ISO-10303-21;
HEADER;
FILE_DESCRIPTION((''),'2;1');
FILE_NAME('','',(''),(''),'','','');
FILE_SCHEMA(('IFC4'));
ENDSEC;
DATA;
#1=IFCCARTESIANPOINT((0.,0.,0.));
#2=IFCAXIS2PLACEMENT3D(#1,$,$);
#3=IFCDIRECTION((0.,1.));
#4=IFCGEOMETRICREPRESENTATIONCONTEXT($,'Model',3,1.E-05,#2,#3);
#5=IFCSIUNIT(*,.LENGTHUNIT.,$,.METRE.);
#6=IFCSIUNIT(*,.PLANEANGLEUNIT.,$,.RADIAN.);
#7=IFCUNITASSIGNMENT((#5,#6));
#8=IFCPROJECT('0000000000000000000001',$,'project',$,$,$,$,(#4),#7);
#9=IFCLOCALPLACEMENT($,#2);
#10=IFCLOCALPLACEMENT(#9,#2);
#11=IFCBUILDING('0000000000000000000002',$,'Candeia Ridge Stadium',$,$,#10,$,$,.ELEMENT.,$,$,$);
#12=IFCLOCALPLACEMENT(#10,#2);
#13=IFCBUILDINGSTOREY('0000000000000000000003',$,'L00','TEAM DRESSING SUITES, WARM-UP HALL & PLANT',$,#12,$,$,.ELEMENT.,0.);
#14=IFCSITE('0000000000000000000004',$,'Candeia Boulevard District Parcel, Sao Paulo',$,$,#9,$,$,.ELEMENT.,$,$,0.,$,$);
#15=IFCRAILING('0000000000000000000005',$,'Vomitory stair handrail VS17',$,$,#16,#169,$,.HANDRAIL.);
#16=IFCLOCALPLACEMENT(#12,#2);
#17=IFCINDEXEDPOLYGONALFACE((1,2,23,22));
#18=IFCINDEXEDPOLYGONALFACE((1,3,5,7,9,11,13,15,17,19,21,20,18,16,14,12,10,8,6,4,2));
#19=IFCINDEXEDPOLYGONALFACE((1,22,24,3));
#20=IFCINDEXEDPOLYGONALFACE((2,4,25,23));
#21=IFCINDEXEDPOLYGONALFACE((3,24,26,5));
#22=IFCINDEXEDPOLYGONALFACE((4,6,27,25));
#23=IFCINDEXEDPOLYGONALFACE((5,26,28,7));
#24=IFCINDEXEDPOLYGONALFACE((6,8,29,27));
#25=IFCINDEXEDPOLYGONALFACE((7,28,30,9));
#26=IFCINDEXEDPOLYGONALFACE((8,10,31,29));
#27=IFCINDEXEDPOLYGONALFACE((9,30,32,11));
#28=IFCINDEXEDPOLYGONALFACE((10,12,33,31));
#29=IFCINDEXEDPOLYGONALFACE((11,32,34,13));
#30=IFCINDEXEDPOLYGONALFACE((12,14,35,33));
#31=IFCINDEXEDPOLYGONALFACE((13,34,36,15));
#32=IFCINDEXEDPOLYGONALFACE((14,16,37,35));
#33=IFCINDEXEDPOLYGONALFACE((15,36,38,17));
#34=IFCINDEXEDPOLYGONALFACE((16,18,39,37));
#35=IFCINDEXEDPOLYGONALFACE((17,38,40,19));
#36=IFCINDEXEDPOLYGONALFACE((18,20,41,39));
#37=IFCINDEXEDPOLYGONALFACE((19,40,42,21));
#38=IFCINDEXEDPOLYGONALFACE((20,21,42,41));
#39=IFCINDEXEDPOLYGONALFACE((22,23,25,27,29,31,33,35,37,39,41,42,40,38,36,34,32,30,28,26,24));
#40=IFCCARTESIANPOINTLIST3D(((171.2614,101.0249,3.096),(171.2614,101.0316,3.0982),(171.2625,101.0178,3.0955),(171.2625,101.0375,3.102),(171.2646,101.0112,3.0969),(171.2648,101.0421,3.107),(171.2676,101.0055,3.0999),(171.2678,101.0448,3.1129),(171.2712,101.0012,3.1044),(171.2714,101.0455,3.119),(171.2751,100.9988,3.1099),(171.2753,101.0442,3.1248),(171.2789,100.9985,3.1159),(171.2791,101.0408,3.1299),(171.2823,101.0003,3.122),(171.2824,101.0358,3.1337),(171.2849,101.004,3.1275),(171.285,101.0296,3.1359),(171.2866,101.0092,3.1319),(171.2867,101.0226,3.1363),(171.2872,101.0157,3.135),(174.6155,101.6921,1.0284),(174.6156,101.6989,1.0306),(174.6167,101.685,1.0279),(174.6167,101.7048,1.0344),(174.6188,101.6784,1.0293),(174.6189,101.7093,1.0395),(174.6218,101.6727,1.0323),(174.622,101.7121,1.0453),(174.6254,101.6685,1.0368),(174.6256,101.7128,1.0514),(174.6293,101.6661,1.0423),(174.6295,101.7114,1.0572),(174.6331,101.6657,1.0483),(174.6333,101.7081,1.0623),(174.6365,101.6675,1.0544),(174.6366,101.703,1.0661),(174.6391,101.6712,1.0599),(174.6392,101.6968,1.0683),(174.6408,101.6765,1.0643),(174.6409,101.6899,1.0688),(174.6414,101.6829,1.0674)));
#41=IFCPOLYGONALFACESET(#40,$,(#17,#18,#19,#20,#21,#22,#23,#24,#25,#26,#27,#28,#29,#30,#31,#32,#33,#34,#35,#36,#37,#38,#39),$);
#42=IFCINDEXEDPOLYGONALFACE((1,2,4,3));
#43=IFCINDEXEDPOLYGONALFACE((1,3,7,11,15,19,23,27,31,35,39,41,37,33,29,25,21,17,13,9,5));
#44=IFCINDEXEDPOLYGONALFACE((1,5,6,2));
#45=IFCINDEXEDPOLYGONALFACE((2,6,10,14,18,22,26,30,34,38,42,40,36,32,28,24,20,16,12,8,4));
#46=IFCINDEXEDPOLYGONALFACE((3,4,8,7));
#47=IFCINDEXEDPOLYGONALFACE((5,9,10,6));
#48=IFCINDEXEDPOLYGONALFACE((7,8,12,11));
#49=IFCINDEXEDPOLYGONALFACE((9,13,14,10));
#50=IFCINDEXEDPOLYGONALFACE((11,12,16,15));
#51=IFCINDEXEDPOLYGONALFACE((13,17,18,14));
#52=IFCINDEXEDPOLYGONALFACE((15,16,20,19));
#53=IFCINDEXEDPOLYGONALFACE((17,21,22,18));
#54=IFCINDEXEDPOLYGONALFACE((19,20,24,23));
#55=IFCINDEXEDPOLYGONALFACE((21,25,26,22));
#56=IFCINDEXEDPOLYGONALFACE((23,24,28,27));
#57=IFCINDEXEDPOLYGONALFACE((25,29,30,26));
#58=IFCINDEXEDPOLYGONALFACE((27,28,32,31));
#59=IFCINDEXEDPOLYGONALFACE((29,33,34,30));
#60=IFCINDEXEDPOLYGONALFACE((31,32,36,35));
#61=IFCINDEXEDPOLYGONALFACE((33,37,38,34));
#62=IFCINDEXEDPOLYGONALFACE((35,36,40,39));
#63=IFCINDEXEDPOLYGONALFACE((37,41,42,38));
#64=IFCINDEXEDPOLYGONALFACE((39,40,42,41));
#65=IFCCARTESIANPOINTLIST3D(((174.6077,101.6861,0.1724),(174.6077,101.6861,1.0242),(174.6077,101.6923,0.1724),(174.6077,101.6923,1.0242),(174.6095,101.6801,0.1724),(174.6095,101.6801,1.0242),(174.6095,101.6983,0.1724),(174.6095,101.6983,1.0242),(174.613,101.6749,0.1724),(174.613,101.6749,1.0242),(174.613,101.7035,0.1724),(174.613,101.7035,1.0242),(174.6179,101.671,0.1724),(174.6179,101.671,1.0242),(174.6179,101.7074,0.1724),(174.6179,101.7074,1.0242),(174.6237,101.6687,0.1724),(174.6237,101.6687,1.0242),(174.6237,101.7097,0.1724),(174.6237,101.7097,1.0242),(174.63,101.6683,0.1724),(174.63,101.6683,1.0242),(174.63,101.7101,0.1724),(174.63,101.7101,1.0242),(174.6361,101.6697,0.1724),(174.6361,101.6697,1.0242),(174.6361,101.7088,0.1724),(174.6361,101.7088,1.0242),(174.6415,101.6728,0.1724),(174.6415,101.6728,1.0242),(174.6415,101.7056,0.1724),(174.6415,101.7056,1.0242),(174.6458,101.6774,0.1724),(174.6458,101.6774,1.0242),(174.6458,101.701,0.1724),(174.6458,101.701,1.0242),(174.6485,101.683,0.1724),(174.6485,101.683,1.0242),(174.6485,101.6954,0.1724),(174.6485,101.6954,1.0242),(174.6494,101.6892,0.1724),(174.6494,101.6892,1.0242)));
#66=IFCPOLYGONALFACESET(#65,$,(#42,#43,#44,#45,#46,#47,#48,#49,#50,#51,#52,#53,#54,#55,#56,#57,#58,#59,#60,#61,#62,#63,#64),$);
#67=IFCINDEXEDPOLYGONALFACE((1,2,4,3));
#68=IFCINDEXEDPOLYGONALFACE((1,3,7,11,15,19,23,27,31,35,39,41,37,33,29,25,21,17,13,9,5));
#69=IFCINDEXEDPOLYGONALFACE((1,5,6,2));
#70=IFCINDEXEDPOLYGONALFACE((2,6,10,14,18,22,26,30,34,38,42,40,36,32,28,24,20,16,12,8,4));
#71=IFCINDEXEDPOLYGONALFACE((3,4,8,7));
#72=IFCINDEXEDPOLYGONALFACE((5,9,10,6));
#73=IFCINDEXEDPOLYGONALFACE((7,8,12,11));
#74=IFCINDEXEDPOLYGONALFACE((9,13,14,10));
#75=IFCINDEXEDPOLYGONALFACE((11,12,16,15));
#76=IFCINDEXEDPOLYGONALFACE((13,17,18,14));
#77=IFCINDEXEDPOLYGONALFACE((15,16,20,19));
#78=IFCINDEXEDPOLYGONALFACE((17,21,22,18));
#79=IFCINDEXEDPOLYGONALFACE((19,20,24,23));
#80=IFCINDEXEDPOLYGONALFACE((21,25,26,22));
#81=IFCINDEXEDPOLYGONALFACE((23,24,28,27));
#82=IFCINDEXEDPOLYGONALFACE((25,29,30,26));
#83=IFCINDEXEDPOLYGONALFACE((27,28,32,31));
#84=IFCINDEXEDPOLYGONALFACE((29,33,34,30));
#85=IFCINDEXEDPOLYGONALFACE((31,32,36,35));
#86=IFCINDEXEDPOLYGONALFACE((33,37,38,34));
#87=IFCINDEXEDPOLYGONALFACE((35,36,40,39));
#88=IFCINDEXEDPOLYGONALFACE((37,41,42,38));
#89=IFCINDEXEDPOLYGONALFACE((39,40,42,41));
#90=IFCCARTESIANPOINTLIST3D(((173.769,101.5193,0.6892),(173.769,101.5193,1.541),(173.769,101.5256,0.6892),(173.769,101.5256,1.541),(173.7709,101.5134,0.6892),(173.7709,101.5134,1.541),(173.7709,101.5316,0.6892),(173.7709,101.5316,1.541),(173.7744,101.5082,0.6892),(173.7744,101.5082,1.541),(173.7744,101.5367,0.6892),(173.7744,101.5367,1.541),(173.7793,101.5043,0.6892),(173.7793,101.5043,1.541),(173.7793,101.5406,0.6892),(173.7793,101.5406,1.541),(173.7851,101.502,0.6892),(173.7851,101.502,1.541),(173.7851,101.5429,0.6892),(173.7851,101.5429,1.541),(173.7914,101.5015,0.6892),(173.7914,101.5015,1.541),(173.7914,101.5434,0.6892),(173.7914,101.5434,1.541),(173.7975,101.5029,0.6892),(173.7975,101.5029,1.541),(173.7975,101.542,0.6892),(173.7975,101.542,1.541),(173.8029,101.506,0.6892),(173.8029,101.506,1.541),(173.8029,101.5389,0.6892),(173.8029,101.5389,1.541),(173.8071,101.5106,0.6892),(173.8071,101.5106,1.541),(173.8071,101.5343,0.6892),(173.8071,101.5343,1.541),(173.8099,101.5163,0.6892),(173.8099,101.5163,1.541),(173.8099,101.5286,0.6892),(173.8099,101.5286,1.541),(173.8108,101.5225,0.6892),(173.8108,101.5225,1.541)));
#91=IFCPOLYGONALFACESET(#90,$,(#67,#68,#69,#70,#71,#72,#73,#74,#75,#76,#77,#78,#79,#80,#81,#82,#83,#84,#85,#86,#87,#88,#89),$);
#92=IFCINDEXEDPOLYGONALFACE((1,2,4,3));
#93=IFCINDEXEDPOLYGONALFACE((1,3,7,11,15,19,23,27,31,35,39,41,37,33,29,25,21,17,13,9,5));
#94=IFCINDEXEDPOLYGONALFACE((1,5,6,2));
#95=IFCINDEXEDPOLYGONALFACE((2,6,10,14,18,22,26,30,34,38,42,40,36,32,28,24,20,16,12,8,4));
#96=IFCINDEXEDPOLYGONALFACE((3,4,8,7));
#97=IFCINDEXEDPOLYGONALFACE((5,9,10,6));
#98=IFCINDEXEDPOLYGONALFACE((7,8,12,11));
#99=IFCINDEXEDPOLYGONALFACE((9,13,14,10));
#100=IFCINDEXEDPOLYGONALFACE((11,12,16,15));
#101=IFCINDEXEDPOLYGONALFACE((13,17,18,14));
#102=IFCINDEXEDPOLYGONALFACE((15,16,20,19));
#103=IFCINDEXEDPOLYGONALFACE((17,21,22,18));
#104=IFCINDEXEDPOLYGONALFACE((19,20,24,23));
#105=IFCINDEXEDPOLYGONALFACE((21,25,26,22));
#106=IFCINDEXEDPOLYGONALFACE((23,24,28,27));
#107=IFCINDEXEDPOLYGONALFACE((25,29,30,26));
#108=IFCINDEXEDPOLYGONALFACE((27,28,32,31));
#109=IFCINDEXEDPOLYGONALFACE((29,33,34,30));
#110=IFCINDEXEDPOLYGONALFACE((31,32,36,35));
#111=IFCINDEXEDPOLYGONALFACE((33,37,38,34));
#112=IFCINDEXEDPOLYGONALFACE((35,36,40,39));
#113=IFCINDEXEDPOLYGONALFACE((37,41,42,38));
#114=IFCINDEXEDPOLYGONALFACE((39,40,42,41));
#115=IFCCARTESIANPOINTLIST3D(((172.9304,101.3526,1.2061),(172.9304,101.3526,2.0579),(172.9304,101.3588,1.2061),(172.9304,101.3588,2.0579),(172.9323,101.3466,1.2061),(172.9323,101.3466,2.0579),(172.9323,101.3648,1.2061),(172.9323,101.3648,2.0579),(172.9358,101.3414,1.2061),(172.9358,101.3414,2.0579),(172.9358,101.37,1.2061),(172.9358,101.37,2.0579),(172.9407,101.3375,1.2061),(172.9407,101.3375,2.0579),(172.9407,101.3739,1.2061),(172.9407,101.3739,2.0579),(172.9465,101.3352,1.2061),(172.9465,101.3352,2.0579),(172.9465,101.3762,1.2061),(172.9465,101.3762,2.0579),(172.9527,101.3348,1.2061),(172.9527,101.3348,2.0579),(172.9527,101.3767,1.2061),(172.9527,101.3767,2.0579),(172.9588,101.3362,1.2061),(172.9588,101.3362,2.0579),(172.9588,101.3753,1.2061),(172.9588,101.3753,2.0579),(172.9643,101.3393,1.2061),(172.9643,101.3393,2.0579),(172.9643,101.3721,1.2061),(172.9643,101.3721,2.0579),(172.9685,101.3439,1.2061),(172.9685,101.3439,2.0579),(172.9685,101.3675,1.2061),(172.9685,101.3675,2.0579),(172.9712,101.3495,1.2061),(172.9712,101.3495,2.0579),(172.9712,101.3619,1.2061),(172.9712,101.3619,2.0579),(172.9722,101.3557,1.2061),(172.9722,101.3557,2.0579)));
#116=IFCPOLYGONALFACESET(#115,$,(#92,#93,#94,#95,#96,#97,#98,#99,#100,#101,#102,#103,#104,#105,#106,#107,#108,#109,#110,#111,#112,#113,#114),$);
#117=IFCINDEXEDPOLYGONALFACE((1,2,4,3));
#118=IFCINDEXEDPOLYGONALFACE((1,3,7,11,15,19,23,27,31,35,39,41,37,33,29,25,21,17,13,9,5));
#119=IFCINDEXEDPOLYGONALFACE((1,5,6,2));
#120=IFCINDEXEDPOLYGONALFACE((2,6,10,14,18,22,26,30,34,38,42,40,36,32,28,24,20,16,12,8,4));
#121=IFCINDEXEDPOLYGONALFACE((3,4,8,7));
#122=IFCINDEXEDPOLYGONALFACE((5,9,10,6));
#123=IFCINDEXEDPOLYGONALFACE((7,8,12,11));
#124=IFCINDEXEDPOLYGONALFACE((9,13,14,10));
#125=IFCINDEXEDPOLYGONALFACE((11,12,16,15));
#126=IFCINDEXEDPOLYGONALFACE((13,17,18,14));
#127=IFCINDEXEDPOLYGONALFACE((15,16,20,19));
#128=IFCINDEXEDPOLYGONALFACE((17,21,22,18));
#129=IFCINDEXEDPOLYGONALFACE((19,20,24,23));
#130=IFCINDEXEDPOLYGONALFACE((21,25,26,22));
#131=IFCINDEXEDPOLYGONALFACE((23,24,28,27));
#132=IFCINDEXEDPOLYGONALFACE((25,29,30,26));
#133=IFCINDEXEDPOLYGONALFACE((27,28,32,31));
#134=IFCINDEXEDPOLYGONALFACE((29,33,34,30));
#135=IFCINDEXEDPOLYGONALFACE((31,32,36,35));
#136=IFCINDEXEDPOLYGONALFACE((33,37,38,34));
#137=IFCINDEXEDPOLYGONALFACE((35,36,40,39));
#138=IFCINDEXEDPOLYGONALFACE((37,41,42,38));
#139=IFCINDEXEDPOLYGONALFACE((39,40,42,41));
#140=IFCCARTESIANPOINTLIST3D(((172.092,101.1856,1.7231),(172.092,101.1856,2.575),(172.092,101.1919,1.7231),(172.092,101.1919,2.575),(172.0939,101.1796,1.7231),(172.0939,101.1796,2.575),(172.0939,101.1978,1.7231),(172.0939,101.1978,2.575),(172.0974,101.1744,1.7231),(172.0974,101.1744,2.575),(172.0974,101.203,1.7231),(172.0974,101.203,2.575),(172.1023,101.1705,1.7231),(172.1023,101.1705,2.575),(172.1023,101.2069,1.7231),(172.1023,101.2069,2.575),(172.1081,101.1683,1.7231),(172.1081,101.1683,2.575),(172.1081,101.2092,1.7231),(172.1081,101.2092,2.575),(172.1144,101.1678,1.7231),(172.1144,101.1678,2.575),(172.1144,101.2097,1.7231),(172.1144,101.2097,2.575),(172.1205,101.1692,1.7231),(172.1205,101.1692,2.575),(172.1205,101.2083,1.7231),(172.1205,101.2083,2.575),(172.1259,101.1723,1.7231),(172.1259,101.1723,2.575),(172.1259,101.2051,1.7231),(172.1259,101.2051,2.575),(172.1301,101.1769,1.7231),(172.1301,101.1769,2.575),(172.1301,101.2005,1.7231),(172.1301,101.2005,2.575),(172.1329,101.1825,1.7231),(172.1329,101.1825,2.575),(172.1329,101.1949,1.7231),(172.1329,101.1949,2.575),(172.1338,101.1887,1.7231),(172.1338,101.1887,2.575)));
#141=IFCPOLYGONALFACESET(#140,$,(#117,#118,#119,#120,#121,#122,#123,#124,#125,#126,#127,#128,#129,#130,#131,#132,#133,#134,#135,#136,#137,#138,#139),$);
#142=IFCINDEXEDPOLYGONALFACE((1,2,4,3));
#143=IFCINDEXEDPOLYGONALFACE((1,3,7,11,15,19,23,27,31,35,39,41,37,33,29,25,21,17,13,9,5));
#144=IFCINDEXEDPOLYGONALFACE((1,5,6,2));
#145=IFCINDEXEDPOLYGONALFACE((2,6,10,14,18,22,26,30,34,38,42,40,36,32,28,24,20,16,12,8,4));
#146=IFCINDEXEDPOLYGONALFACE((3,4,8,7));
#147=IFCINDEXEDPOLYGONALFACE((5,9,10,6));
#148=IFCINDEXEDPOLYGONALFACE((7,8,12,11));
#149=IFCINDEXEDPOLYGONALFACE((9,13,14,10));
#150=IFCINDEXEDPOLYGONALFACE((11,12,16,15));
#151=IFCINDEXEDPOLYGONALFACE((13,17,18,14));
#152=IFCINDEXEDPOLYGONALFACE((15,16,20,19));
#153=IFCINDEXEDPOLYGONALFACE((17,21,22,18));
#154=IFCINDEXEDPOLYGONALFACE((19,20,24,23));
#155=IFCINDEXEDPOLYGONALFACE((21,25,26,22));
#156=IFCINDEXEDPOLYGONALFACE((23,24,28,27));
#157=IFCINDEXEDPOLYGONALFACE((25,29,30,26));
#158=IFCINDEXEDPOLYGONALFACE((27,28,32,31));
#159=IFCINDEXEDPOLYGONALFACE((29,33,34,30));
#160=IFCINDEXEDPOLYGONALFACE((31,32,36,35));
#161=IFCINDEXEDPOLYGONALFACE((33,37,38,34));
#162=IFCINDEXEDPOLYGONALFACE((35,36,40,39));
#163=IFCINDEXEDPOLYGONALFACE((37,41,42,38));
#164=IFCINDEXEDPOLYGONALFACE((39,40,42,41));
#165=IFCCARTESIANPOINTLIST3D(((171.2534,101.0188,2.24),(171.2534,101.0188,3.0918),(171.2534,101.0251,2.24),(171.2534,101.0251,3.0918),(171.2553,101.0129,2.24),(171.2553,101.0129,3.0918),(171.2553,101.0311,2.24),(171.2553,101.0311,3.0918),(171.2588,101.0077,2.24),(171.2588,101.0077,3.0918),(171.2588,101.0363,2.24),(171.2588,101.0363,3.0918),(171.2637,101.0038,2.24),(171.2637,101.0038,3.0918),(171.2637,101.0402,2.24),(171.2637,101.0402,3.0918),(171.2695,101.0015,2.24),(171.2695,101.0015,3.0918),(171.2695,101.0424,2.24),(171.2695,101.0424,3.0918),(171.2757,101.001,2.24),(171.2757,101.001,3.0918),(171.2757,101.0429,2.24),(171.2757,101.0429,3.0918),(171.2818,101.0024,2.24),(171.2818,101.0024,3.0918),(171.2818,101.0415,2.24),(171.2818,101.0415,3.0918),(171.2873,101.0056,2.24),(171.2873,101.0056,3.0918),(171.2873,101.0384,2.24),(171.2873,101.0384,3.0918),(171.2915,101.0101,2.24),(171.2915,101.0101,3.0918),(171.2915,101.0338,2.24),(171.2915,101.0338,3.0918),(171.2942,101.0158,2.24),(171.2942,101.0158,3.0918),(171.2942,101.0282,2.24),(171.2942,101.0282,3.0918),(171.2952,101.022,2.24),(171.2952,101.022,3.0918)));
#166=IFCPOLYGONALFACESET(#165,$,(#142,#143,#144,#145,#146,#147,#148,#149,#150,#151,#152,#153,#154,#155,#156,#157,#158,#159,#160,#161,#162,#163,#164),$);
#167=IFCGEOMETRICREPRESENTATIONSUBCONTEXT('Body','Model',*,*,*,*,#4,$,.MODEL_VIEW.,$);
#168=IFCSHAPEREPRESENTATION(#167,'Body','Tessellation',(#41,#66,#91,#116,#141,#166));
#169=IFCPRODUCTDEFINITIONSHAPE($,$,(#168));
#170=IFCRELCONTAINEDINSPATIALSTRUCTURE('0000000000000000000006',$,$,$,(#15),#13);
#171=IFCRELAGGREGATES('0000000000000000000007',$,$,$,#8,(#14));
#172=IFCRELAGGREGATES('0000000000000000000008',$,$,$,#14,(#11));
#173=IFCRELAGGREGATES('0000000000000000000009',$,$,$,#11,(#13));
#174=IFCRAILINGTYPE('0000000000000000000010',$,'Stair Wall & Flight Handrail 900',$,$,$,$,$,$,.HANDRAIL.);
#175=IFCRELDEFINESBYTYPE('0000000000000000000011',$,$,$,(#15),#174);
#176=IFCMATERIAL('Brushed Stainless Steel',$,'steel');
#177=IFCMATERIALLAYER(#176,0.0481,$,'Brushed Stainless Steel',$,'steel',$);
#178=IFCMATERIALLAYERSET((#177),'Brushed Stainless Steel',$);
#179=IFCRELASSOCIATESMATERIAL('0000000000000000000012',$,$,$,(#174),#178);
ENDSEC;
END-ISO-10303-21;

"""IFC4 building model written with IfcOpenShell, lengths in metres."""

from ifc_helpers import new_model, si_unit, direction, frame, origin, origin_2d, place, context, subcontext, project, spatial, circle, extrude, material, layer, layer_set, type_object, element, save


model = new_model("IFC4")

# Units and contexts
model_context = context("Model", 3, precision=1e-05, world=origin(), true_north=direction((0.0, 1.0)))
body_context = subcontext(model_context, "Body", "Model", "MODEL_VIEW")
ifc_project = project(units=[si_unit("LENGTHUNIT", "METRE"), si_unit("PLANEANGLEUNIT", "RADIAN")], contexts=[model_context])

# Site, building, storey
site_placement = place(None, origin())
site = spatial("IfcSite", under=ifc_project, at=site_placement, Name="Candeia Boulevard District Parcel, Sao Paulo", CompositionType="ELEMENT", RefElevation=0.0)
building_placement = place(site_placement, origin())
building = spatial("IfcBuilding", under=site, at=building_placement, Name="Candeia Ridge Stadium", CompositionType="ELEMENT")
storey_placement = place(building_placement, origin())
storey = spatial("IfcBuildingStorey", under=building, at=storey_placement, Name="L00", Description="TEAM DRESSING SUITES, WARM-UP HALL & PLANT", CompositionType="ELEMENT", Elevation=0.0)

# Railing
ifc_material_1 = material(Name="Brushed Stainless Steel", Category="steel")
ifc_layer_1 = layer(ifc_material_1, 0.0481, Name="Brushed Stainless Steel", Category="steel")
ifc_layer_set_1 = layer_set([ifc_layer_1], Name="Brushed Stainless Steel")
railing_type_1 = type_object("IfcRailingType", Name="Stair Wall & Flight Handrail 900", PredefinedType="HANDRAIL", material=ifc_layer_set_1)
railing_1_placement = place(storey_placement, frame((174.6284, 101.6892, 0.1724)))
element("IfcRailing", 1, at=railing_1_placement, inside=storey, type_object=railing_type_1, Name="Vomitory stair handrail VS17", PredefinedType="HANDRAIL", context=body_context, shape_type="SweptSolid", body=[
    extrude(circle(Radius=0.0239, at=origin_2d()), frame((0.0, 0.0, 0.876), z_axis=(-0.839316, -0.166959, 0.517372), x_axis=(0.1951, -0.980783, 0.0)), (0.0, 0.0, 1.0), 3.9963),
    extrude(circle(Radius=0.021, at=origin_2d()), origin(), (0.0, 0.0, 1.0), 0.8518),
    extrude(circle(Radius=0.021, at=origin_2d()), frame((-0.8386, -0.1667, 0.5168)), (0.0, 0.0, 1.0), 0.8518),
    extrude(circle(Radius=0.021, at=origin_2d()), frame((-1.6772, -0.3335, 1.0337)), (0.0, 0.0, 1.0), 0.8518),
    extrude(circle(Radius=0.021, at=origin_2d()), frame((-2.5156, -0.5005, 1.5508)), (0.0, 0.0, 1.0), 0.8518),
    extrude(circle(Radius=0.021, at=origin_2d()), frame((-3.3542, -0.6672, 2.0676)), (0.0, 0.0, 1.0), 0.8518),
])

save(model, "model.ifc")
